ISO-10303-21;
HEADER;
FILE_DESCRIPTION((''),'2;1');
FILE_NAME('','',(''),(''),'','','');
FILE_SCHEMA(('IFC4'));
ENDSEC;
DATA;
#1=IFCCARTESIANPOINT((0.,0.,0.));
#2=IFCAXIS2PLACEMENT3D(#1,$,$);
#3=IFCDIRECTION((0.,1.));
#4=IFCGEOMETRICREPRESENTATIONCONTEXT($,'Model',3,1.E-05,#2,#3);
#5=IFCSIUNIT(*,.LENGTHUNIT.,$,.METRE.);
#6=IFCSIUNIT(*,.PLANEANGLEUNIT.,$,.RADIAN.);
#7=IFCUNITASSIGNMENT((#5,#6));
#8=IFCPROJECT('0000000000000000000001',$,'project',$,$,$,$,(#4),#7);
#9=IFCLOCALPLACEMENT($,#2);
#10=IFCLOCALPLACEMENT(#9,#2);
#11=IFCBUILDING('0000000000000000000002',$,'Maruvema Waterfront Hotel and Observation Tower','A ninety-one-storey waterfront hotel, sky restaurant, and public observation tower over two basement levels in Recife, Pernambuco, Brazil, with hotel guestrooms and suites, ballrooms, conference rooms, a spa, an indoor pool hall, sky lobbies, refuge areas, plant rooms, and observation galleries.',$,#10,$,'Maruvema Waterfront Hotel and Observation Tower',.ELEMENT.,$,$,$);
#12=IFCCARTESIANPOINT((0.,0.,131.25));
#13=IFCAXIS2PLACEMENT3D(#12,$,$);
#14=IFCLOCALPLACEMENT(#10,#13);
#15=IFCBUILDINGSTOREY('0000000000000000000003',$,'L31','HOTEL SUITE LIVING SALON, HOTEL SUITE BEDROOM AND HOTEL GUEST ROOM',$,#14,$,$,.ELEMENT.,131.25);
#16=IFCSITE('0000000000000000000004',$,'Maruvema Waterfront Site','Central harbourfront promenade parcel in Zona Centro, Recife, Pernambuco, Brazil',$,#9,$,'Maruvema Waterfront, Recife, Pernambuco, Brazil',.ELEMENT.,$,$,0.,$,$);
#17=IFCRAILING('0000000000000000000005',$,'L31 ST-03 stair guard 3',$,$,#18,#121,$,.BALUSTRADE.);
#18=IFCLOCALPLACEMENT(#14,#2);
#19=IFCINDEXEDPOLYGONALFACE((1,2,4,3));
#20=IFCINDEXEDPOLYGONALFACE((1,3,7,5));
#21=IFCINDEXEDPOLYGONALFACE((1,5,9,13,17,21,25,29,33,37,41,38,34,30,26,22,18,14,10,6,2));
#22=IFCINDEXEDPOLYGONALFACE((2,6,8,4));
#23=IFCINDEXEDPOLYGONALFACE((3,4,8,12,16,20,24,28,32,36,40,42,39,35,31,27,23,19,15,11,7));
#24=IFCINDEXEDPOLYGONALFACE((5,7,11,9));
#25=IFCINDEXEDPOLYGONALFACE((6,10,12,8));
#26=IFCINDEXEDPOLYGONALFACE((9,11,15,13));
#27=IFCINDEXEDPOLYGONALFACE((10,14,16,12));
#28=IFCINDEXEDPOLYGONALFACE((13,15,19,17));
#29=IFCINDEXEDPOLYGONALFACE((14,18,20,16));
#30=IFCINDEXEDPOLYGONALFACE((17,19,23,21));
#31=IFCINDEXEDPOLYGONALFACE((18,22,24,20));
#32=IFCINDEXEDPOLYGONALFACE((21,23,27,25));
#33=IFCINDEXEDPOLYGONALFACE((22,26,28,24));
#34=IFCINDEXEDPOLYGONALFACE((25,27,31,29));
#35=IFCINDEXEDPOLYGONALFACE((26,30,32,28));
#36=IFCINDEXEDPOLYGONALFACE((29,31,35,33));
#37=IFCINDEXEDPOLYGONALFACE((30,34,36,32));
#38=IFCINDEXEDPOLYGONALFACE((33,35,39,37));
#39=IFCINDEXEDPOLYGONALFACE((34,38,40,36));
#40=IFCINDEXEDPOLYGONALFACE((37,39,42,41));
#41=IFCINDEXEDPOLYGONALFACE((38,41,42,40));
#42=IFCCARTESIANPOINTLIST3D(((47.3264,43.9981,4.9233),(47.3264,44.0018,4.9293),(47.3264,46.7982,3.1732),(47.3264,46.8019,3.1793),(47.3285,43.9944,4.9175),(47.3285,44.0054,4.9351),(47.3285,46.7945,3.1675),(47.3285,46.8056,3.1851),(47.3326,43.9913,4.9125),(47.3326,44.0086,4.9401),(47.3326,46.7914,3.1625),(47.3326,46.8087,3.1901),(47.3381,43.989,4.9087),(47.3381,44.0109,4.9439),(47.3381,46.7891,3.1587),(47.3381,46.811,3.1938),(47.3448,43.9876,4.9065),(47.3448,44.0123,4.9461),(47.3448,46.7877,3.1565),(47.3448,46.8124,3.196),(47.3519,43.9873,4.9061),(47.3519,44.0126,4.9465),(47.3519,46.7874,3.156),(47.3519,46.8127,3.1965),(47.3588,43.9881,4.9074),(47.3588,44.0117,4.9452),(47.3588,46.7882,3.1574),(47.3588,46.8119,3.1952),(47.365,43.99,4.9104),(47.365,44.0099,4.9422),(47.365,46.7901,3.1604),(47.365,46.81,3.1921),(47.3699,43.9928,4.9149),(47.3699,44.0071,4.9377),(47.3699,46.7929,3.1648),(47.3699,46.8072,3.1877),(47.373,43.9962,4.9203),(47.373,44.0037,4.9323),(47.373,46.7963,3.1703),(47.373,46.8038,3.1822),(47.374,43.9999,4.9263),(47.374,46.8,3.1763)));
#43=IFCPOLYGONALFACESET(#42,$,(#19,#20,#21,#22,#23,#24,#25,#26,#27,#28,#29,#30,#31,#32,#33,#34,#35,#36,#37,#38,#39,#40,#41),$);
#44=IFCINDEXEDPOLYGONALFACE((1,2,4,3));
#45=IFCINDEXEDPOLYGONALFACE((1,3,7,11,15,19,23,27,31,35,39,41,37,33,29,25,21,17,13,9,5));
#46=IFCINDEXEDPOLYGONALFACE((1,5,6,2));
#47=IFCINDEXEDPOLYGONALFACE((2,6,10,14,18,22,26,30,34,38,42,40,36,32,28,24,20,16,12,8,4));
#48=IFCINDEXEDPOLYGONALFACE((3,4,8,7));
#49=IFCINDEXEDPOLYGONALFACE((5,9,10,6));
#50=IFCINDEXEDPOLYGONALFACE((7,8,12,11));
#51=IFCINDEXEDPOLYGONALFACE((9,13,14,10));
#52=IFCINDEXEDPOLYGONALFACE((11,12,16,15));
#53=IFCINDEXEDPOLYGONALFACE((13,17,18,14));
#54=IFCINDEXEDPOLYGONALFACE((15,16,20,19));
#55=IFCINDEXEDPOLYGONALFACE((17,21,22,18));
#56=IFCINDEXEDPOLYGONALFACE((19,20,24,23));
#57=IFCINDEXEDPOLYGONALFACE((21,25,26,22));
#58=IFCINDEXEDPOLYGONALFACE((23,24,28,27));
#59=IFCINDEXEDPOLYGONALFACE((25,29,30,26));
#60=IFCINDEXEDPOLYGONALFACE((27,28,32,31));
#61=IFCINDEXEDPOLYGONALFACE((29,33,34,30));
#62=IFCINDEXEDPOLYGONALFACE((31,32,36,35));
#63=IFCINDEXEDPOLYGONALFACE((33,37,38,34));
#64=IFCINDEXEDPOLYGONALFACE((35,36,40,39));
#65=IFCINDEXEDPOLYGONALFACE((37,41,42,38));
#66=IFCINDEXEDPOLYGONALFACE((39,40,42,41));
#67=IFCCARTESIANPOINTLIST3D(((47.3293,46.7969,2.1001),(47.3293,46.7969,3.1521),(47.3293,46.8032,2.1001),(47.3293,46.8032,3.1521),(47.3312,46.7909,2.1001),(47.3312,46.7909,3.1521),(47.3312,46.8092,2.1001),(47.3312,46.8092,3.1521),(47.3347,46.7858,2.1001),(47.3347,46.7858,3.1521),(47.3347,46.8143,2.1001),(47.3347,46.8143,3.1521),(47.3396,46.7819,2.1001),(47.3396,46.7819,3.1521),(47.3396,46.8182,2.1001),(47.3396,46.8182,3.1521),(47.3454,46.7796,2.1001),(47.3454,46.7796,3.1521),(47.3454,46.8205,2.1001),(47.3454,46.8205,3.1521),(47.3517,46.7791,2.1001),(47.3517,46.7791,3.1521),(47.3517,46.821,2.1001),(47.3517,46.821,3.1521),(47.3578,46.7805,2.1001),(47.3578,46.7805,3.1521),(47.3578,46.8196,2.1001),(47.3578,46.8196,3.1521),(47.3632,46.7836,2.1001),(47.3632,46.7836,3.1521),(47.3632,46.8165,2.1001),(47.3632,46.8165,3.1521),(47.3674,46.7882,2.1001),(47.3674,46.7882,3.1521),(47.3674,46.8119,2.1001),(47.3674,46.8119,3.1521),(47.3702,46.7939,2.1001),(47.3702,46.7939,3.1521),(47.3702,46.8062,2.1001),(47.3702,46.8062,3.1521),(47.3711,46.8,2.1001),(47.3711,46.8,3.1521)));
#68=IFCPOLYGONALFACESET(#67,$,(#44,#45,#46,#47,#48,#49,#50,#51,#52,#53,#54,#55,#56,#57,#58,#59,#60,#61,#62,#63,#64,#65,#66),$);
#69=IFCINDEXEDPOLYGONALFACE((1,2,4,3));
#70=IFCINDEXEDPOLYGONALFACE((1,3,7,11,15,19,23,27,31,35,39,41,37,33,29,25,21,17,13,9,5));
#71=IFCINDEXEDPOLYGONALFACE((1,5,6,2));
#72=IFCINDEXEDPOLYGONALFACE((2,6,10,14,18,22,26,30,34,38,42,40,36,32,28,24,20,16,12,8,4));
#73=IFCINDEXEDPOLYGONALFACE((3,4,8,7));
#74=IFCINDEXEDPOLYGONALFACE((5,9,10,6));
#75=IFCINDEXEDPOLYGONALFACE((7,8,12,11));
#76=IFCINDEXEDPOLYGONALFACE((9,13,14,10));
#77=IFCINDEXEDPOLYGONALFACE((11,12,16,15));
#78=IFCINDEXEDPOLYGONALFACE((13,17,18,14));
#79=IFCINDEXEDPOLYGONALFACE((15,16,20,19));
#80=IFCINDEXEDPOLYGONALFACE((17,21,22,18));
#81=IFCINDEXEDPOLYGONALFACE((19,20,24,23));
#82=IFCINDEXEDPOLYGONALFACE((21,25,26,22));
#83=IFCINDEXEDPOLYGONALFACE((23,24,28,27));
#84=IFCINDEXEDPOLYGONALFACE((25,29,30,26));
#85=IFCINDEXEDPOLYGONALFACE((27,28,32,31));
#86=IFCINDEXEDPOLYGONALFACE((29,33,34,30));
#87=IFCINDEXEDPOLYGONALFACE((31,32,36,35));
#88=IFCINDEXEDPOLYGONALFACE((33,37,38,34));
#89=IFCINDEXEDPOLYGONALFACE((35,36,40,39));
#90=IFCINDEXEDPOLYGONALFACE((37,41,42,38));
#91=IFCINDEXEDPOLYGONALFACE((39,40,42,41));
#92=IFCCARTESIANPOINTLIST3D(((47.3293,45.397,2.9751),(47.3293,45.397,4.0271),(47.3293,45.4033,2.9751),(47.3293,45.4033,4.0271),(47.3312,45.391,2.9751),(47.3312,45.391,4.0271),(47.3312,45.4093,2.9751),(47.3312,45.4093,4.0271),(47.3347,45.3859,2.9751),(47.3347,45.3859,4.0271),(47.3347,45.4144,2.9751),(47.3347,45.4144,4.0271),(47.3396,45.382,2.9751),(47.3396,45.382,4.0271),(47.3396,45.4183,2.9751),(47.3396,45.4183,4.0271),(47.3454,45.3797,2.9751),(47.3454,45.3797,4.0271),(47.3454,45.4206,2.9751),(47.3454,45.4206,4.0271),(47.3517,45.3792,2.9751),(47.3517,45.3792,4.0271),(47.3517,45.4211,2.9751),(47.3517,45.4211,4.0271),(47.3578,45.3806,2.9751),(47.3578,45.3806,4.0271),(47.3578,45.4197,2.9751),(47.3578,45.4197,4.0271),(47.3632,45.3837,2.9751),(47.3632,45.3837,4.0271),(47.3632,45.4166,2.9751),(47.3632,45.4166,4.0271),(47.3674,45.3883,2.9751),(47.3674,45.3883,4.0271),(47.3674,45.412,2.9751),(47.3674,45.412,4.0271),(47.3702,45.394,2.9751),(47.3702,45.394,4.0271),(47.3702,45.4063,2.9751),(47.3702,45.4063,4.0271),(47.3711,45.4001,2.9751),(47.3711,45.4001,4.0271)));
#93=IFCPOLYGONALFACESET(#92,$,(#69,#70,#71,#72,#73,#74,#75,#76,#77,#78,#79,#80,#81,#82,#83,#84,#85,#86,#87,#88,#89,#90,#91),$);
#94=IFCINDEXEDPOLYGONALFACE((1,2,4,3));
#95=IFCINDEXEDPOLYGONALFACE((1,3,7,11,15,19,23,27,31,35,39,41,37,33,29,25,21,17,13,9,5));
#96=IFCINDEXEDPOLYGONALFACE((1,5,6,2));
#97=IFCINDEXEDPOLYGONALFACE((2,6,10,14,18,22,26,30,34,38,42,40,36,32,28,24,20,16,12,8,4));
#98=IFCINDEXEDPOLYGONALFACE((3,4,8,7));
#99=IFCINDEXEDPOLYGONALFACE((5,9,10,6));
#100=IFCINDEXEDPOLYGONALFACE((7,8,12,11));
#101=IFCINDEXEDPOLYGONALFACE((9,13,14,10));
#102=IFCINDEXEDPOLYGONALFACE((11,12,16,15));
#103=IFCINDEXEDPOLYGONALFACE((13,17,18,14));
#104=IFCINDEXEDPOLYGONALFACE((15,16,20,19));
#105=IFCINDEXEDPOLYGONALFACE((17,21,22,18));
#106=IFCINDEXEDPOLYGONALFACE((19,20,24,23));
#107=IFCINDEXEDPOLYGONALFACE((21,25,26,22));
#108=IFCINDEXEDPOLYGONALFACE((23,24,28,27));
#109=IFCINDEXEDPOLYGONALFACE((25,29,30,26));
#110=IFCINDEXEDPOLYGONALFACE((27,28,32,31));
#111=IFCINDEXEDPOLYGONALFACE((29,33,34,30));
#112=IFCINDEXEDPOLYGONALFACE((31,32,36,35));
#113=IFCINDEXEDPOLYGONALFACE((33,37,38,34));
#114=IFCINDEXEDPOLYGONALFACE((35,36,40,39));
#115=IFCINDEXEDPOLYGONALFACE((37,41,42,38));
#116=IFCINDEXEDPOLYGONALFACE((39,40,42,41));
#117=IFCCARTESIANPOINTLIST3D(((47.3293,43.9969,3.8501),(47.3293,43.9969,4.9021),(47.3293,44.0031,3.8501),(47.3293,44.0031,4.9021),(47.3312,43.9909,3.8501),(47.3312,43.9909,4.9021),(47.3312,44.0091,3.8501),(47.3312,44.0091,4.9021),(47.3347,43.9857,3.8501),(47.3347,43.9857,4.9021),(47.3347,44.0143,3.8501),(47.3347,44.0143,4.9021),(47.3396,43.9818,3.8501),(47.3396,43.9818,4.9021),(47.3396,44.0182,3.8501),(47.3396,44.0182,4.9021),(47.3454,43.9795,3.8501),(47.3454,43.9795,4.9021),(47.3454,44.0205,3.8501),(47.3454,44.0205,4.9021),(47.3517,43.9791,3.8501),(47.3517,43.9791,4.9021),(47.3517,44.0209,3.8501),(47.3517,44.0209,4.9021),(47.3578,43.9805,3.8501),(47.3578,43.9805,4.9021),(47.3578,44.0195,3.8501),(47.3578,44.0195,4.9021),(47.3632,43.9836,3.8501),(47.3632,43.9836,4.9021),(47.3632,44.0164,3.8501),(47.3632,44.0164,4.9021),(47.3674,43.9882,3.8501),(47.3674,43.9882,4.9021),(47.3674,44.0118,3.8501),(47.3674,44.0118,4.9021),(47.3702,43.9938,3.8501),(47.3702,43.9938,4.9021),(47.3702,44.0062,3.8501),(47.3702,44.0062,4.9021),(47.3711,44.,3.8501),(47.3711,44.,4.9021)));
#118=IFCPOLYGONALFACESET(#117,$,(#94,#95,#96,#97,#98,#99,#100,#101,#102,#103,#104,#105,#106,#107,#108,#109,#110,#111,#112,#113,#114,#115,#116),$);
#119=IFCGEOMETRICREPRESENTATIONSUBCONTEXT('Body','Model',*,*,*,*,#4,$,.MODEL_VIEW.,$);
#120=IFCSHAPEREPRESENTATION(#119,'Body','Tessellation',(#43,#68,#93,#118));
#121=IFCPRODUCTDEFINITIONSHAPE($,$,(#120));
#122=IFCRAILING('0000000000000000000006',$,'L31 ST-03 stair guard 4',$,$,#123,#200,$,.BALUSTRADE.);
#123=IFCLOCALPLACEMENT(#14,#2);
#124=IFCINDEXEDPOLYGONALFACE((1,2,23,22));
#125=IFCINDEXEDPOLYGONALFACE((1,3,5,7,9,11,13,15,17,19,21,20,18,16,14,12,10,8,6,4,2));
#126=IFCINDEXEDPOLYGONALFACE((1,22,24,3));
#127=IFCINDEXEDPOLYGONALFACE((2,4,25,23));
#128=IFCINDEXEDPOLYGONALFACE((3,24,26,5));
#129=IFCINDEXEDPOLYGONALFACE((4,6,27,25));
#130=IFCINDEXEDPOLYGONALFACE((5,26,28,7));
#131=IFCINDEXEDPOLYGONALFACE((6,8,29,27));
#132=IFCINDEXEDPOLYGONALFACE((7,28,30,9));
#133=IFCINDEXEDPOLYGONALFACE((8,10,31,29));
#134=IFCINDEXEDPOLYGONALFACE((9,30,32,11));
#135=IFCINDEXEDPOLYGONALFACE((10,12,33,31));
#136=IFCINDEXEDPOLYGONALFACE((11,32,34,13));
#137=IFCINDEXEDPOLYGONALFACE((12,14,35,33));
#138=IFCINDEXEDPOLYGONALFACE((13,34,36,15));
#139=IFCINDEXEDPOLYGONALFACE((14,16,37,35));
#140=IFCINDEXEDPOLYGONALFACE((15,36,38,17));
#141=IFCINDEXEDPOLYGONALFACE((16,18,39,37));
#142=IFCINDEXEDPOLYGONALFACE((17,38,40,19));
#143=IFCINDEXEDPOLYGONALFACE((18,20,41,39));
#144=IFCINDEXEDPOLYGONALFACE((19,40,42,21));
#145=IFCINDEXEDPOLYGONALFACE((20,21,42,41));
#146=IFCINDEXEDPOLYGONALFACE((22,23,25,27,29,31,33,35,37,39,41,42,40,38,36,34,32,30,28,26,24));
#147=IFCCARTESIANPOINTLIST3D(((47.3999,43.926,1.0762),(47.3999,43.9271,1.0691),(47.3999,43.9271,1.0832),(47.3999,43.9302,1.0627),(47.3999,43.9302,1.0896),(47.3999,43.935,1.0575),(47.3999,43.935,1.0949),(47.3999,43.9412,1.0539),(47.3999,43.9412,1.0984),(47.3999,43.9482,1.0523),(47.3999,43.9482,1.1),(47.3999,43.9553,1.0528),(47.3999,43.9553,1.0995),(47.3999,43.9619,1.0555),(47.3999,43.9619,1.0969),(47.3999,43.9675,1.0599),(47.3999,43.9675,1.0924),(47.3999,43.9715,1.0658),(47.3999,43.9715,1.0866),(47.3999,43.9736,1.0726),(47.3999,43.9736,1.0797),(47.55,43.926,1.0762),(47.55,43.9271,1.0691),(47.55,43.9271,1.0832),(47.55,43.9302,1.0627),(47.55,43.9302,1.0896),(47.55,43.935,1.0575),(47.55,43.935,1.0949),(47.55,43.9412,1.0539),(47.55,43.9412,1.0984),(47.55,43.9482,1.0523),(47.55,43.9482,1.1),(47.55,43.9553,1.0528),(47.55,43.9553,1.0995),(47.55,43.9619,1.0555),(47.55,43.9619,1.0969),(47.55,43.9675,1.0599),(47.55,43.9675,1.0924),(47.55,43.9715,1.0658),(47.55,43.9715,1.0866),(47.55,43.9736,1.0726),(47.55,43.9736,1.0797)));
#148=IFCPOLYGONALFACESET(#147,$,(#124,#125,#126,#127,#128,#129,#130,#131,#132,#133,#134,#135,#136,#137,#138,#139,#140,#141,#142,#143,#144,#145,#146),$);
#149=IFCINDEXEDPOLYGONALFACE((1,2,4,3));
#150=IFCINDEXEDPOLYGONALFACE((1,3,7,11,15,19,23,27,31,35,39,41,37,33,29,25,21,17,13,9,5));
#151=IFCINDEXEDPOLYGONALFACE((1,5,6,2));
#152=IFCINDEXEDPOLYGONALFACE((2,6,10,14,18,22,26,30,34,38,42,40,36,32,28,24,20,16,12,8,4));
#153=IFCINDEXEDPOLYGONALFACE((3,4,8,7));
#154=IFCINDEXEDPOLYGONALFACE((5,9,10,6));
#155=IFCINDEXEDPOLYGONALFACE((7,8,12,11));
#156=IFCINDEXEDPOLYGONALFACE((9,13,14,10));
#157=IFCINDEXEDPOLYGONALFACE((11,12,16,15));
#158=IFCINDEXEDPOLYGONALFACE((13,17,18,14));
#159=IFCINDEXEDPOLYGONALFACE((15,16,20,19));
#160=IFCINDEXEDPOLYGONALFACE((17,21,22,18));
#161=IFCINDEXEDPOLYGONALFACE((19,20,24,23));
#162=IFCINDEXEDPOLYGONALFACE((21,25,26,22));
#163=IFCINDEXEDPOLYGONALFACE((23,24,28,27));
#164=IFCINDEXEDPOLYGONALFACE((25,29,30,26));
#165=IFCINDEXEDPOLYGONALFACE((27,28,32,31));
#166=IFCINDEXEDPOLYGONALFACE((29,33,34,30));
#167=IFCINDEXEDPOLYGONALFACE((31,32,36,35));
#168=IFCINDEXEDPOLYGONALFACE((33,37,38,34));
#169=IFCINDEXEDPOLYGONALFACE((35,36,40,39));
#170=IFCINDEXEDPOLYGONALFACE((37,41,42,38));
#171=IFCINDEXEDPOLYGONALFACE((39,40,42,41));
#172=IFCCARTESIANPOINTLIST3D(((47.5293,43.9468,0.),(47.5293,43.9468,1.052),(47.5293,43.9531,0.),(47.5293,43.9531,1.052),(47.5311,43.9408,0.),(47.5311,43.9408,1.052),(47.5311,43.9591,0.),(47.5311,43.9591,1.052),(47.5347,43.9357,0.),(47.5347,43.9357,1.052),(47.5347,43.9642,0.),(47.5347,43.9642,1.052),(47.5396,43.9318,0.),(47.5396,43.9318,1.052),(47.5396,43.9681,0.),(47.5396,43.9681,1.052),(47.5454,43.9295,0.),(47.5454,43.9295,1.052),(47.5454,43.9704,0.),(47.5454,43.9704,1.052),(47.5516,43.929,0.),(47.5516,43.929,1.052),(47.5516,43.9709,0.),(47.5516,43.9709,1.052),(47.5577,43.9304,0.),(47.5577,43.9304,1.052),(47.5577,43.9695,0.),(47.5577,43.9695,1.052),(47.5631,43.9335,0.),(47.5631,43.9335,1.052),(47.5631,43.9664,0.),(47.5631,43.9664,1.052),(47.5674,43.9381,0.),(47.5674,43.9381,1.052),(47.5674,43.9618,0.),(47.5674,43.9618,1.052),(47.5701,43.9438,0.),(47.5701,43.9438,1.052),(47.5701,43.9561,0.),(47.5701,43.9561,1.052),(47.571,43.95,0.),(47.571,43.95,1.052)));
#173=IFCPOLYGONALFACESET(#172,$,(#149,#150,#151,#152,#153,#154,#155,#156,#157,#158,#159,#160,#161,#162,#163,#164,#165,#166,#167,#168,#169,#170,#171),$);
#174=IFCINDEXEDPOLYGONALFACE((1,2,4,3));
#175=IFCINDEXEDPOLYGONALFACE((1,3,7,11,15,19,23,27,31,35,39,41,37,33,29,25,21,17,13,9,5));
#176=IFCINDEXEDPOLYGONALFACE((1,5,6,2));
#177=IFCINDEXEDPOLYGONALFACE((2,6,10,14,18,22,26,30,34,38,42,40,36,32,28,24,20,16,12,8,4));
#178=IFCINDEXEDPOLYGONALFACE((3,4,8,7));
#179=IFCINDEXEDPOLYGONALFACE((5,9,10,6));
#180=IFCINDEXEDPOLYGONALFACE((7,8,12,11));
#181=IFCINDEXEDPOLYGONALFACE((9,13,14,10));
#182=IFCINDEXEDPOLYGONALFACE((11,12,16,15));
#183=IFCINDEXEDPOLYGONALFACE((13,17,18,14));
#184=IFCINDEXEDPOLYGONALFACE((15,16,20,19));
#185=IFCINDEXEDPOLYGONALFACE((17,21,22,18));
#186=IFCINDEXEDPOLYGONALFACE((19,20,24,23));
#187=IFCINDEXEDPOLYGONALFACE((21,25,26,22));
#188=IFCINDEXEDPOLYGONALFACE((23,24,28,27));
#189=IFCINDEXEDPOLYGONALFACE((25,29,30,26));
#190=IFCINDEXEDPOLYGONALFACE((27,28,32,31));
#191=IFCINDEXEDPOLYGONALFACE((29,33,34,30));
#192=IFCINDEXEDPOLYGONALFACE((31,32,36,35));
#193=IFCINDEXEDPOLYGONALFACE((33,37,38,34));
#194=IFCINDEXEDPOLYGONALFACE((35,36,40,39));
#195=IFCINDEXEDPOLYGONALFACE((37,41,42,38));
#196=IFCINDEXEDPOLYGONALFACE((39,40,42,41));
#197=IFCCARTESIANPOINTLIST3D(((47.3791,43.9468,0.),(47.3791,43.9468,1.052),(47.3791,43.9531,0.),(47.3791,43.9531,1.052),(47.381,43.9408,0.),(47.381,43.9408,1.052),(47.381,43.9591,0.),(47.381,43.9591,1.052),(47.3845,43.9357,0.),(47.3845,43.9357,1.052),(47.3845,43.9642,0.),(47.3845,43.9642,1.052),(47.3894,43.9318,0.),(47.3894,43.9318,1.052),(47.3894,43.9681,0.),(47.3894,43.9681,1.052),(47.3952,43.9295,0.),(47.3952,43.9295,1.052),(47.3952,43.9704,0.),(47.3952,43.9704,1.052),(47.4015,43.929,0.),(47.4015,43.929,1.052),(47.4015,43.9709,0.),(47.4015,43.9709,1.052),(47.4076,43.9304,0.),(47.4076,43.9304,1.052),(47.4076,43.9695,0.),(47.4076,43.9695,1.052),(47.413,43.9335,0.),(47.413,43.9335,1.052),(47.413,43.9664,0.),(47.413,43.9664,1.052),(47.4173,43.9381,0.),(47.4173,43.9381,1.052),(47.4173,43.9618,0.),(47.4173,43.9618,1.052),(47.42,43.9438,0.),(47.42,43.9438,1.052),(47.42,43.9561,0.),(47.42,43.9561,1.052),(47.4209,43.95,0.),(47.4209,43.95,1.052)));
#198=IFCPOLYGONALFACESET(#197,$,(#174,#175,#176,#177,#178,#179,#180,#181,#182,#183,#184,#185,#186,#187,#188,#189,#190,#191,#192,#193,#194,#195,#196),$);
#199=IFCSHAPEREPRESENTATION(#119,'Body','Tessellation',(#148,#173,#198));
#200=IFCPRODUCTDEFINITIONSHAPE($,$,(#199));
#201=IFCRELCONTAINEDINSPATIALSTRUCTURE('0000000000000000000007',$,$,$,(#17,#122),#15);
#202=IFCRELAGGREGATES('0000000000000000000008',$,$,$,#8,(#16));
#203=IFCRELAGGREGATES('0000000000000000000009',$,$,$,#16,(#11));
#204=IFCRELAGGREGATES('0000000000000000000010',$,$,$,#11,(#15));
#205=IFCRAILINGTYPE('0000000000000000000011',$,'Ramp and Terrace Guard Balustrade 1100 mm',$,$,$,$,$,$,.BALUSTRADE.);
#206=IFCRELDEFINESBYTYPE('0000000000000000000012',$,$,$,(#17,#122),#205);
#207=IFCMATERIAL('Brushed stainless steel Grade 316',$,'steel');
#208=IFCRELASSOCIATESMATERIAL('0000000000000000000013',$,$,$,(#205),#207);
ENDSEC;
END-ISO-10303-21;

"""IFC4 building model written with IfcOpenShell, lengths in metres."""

from ifc_helpers import new_model, si_unit, direction, frame, origin, origin_2d, place, context, subcontext, project, spatial, circle, extrude, material, type_object, element, save


model = new_model("IFC4")

# Units and contexts
model_context = context("Model", 3, precision=1e-05, world=origin(), true_north=direction((0.0, 1.0)))
body_context = subcontext(model_context, "Body", "Model", "MODEL_VIEW")
ifc_project = project(units=[si_unit("LENGTHUNIT", "METRE"), si_unit("PLANEANGLEUNIT", "RADIAN")], contexts=[model_context])

# Site, building, storey
site_placement = place(None, origin())
site = spatial("IfcSite", under=ifc_project, at=site_placement, Name="Maruvema Waterfront Site", Description="Central harbourfront promenade parcel in Zona Centro, Recife, Pernambuco, Brazil", LongName="Maruvema Waterfront, Recife, Pernambuco, Brazil", CompositionType="ELEMENT", RefElevation=0.0)
building_placement = place(site_placement, origin())
building = spatial("IfcBuilding", under=site, at=building_placement, Name="Maruvema Waterfront Hotel and Observation Tower", Description="A ninety-one-storey waterfront hotel, sky restaurant, and public observation tower over two basement levels in Recife, Pernambuco, Brazil, with hotel guestrooms and suites, ballrooms, conference rooms, a spa, an indoor pool hall, sky lobbies, refuge areas, plant rooms, and observation galleries.", LongName="Maruvema Waterfront Hotel and Observation Tower", CompositionType="ELEMENT")
storey_placement = place(building_placement, frame((0.0, 0.0, 131.25)))
storey = spatial("IfcBuildingStorey", under=building, at=storey_placement, Name="L31", Description="HOTEL SUITE LIVING SALON, HOTEL SUITE BEDROOM AND HOTEL GUEST ROOM", CompositionType="ELEMENT", Elevation=131.25)

# Railings
ifc_material_1 = material(Name="Brushed stainless steel Grade 316", Category="steel")
railing_type_1 = type_object("IfcRailingType", Name="Ramp and Terrace Guard Balustrade 1100 mm", PredefinedType="BALUSTRADE", material=ifc_material_1)
railing_1_placement = place(storey_placement, frame((47.3501, 46.8, 2.1001)))
element("IfcRailing", 1, at=railing_1_placement, inside=storey, type_object=railing_type_1, Name="L31 ST-03 stair guard 3", PredefinedType="BALUSTRADE", context=body_context, shape_type="SweptSolid", body=[
    extrude(circle(Radius=0.0239, at=origin_2d()), frame((0.0, 0.0, 1.0762), z_axis=(0.0, -0.848002, 0.529992), x_axis=(1.0, 0.0, 0.0)), (0.0, 0.0, 1.0), 3.302),
    extrude(circle(Radius=0.021, at=origin_2d()), origin(), (0.0, 0.0, 1.0), 1.052),
    extrude(circle(Radius=0.021, at=origin_2d()), frame((0.0, -1.3999, 0.875)), (0.0, 0.0, 1.0), 1.052),
    extrude(circle(Radius=0.021, at=origin_2d()), frame((0.0, -2.8, 1.75)), (0.0, 0.0, 1.0), 1.052),
])
railing_2_placement = place(storey_placement, frame((47.55, 43.95, 0.0)))
element("IfcRailing", 2, at=railing_2_placement, inside=storey, type_object=railing_type_1, Name="L31 ST-03 stair guard 4", PredefinedType="BALUSTRADE", context=body_context, shape_type="SweptSolid", body=[
    extrude(circle(Radius=0.0239, at=origin_2d()), frame((0.0, 0.0, 1.0762), z_axis=(-1.0, 0.0, 0.0), x_axis=(0.0, -1.0, 0.0)), (0.0, 0.0, 1.0), 0.1501),
    extrude(circle(Radius=0.021, at=origin_2d()), origin(), (0.0, 0.0, 1.0), 1.052),
    extrude(circle(Radius=0.021, at=origin_2d()), frame((-0.1501, 0.0, 0.0)), (0.0, 0.0, 1.0), 1.052),
])

save(model, "model.ifc")
